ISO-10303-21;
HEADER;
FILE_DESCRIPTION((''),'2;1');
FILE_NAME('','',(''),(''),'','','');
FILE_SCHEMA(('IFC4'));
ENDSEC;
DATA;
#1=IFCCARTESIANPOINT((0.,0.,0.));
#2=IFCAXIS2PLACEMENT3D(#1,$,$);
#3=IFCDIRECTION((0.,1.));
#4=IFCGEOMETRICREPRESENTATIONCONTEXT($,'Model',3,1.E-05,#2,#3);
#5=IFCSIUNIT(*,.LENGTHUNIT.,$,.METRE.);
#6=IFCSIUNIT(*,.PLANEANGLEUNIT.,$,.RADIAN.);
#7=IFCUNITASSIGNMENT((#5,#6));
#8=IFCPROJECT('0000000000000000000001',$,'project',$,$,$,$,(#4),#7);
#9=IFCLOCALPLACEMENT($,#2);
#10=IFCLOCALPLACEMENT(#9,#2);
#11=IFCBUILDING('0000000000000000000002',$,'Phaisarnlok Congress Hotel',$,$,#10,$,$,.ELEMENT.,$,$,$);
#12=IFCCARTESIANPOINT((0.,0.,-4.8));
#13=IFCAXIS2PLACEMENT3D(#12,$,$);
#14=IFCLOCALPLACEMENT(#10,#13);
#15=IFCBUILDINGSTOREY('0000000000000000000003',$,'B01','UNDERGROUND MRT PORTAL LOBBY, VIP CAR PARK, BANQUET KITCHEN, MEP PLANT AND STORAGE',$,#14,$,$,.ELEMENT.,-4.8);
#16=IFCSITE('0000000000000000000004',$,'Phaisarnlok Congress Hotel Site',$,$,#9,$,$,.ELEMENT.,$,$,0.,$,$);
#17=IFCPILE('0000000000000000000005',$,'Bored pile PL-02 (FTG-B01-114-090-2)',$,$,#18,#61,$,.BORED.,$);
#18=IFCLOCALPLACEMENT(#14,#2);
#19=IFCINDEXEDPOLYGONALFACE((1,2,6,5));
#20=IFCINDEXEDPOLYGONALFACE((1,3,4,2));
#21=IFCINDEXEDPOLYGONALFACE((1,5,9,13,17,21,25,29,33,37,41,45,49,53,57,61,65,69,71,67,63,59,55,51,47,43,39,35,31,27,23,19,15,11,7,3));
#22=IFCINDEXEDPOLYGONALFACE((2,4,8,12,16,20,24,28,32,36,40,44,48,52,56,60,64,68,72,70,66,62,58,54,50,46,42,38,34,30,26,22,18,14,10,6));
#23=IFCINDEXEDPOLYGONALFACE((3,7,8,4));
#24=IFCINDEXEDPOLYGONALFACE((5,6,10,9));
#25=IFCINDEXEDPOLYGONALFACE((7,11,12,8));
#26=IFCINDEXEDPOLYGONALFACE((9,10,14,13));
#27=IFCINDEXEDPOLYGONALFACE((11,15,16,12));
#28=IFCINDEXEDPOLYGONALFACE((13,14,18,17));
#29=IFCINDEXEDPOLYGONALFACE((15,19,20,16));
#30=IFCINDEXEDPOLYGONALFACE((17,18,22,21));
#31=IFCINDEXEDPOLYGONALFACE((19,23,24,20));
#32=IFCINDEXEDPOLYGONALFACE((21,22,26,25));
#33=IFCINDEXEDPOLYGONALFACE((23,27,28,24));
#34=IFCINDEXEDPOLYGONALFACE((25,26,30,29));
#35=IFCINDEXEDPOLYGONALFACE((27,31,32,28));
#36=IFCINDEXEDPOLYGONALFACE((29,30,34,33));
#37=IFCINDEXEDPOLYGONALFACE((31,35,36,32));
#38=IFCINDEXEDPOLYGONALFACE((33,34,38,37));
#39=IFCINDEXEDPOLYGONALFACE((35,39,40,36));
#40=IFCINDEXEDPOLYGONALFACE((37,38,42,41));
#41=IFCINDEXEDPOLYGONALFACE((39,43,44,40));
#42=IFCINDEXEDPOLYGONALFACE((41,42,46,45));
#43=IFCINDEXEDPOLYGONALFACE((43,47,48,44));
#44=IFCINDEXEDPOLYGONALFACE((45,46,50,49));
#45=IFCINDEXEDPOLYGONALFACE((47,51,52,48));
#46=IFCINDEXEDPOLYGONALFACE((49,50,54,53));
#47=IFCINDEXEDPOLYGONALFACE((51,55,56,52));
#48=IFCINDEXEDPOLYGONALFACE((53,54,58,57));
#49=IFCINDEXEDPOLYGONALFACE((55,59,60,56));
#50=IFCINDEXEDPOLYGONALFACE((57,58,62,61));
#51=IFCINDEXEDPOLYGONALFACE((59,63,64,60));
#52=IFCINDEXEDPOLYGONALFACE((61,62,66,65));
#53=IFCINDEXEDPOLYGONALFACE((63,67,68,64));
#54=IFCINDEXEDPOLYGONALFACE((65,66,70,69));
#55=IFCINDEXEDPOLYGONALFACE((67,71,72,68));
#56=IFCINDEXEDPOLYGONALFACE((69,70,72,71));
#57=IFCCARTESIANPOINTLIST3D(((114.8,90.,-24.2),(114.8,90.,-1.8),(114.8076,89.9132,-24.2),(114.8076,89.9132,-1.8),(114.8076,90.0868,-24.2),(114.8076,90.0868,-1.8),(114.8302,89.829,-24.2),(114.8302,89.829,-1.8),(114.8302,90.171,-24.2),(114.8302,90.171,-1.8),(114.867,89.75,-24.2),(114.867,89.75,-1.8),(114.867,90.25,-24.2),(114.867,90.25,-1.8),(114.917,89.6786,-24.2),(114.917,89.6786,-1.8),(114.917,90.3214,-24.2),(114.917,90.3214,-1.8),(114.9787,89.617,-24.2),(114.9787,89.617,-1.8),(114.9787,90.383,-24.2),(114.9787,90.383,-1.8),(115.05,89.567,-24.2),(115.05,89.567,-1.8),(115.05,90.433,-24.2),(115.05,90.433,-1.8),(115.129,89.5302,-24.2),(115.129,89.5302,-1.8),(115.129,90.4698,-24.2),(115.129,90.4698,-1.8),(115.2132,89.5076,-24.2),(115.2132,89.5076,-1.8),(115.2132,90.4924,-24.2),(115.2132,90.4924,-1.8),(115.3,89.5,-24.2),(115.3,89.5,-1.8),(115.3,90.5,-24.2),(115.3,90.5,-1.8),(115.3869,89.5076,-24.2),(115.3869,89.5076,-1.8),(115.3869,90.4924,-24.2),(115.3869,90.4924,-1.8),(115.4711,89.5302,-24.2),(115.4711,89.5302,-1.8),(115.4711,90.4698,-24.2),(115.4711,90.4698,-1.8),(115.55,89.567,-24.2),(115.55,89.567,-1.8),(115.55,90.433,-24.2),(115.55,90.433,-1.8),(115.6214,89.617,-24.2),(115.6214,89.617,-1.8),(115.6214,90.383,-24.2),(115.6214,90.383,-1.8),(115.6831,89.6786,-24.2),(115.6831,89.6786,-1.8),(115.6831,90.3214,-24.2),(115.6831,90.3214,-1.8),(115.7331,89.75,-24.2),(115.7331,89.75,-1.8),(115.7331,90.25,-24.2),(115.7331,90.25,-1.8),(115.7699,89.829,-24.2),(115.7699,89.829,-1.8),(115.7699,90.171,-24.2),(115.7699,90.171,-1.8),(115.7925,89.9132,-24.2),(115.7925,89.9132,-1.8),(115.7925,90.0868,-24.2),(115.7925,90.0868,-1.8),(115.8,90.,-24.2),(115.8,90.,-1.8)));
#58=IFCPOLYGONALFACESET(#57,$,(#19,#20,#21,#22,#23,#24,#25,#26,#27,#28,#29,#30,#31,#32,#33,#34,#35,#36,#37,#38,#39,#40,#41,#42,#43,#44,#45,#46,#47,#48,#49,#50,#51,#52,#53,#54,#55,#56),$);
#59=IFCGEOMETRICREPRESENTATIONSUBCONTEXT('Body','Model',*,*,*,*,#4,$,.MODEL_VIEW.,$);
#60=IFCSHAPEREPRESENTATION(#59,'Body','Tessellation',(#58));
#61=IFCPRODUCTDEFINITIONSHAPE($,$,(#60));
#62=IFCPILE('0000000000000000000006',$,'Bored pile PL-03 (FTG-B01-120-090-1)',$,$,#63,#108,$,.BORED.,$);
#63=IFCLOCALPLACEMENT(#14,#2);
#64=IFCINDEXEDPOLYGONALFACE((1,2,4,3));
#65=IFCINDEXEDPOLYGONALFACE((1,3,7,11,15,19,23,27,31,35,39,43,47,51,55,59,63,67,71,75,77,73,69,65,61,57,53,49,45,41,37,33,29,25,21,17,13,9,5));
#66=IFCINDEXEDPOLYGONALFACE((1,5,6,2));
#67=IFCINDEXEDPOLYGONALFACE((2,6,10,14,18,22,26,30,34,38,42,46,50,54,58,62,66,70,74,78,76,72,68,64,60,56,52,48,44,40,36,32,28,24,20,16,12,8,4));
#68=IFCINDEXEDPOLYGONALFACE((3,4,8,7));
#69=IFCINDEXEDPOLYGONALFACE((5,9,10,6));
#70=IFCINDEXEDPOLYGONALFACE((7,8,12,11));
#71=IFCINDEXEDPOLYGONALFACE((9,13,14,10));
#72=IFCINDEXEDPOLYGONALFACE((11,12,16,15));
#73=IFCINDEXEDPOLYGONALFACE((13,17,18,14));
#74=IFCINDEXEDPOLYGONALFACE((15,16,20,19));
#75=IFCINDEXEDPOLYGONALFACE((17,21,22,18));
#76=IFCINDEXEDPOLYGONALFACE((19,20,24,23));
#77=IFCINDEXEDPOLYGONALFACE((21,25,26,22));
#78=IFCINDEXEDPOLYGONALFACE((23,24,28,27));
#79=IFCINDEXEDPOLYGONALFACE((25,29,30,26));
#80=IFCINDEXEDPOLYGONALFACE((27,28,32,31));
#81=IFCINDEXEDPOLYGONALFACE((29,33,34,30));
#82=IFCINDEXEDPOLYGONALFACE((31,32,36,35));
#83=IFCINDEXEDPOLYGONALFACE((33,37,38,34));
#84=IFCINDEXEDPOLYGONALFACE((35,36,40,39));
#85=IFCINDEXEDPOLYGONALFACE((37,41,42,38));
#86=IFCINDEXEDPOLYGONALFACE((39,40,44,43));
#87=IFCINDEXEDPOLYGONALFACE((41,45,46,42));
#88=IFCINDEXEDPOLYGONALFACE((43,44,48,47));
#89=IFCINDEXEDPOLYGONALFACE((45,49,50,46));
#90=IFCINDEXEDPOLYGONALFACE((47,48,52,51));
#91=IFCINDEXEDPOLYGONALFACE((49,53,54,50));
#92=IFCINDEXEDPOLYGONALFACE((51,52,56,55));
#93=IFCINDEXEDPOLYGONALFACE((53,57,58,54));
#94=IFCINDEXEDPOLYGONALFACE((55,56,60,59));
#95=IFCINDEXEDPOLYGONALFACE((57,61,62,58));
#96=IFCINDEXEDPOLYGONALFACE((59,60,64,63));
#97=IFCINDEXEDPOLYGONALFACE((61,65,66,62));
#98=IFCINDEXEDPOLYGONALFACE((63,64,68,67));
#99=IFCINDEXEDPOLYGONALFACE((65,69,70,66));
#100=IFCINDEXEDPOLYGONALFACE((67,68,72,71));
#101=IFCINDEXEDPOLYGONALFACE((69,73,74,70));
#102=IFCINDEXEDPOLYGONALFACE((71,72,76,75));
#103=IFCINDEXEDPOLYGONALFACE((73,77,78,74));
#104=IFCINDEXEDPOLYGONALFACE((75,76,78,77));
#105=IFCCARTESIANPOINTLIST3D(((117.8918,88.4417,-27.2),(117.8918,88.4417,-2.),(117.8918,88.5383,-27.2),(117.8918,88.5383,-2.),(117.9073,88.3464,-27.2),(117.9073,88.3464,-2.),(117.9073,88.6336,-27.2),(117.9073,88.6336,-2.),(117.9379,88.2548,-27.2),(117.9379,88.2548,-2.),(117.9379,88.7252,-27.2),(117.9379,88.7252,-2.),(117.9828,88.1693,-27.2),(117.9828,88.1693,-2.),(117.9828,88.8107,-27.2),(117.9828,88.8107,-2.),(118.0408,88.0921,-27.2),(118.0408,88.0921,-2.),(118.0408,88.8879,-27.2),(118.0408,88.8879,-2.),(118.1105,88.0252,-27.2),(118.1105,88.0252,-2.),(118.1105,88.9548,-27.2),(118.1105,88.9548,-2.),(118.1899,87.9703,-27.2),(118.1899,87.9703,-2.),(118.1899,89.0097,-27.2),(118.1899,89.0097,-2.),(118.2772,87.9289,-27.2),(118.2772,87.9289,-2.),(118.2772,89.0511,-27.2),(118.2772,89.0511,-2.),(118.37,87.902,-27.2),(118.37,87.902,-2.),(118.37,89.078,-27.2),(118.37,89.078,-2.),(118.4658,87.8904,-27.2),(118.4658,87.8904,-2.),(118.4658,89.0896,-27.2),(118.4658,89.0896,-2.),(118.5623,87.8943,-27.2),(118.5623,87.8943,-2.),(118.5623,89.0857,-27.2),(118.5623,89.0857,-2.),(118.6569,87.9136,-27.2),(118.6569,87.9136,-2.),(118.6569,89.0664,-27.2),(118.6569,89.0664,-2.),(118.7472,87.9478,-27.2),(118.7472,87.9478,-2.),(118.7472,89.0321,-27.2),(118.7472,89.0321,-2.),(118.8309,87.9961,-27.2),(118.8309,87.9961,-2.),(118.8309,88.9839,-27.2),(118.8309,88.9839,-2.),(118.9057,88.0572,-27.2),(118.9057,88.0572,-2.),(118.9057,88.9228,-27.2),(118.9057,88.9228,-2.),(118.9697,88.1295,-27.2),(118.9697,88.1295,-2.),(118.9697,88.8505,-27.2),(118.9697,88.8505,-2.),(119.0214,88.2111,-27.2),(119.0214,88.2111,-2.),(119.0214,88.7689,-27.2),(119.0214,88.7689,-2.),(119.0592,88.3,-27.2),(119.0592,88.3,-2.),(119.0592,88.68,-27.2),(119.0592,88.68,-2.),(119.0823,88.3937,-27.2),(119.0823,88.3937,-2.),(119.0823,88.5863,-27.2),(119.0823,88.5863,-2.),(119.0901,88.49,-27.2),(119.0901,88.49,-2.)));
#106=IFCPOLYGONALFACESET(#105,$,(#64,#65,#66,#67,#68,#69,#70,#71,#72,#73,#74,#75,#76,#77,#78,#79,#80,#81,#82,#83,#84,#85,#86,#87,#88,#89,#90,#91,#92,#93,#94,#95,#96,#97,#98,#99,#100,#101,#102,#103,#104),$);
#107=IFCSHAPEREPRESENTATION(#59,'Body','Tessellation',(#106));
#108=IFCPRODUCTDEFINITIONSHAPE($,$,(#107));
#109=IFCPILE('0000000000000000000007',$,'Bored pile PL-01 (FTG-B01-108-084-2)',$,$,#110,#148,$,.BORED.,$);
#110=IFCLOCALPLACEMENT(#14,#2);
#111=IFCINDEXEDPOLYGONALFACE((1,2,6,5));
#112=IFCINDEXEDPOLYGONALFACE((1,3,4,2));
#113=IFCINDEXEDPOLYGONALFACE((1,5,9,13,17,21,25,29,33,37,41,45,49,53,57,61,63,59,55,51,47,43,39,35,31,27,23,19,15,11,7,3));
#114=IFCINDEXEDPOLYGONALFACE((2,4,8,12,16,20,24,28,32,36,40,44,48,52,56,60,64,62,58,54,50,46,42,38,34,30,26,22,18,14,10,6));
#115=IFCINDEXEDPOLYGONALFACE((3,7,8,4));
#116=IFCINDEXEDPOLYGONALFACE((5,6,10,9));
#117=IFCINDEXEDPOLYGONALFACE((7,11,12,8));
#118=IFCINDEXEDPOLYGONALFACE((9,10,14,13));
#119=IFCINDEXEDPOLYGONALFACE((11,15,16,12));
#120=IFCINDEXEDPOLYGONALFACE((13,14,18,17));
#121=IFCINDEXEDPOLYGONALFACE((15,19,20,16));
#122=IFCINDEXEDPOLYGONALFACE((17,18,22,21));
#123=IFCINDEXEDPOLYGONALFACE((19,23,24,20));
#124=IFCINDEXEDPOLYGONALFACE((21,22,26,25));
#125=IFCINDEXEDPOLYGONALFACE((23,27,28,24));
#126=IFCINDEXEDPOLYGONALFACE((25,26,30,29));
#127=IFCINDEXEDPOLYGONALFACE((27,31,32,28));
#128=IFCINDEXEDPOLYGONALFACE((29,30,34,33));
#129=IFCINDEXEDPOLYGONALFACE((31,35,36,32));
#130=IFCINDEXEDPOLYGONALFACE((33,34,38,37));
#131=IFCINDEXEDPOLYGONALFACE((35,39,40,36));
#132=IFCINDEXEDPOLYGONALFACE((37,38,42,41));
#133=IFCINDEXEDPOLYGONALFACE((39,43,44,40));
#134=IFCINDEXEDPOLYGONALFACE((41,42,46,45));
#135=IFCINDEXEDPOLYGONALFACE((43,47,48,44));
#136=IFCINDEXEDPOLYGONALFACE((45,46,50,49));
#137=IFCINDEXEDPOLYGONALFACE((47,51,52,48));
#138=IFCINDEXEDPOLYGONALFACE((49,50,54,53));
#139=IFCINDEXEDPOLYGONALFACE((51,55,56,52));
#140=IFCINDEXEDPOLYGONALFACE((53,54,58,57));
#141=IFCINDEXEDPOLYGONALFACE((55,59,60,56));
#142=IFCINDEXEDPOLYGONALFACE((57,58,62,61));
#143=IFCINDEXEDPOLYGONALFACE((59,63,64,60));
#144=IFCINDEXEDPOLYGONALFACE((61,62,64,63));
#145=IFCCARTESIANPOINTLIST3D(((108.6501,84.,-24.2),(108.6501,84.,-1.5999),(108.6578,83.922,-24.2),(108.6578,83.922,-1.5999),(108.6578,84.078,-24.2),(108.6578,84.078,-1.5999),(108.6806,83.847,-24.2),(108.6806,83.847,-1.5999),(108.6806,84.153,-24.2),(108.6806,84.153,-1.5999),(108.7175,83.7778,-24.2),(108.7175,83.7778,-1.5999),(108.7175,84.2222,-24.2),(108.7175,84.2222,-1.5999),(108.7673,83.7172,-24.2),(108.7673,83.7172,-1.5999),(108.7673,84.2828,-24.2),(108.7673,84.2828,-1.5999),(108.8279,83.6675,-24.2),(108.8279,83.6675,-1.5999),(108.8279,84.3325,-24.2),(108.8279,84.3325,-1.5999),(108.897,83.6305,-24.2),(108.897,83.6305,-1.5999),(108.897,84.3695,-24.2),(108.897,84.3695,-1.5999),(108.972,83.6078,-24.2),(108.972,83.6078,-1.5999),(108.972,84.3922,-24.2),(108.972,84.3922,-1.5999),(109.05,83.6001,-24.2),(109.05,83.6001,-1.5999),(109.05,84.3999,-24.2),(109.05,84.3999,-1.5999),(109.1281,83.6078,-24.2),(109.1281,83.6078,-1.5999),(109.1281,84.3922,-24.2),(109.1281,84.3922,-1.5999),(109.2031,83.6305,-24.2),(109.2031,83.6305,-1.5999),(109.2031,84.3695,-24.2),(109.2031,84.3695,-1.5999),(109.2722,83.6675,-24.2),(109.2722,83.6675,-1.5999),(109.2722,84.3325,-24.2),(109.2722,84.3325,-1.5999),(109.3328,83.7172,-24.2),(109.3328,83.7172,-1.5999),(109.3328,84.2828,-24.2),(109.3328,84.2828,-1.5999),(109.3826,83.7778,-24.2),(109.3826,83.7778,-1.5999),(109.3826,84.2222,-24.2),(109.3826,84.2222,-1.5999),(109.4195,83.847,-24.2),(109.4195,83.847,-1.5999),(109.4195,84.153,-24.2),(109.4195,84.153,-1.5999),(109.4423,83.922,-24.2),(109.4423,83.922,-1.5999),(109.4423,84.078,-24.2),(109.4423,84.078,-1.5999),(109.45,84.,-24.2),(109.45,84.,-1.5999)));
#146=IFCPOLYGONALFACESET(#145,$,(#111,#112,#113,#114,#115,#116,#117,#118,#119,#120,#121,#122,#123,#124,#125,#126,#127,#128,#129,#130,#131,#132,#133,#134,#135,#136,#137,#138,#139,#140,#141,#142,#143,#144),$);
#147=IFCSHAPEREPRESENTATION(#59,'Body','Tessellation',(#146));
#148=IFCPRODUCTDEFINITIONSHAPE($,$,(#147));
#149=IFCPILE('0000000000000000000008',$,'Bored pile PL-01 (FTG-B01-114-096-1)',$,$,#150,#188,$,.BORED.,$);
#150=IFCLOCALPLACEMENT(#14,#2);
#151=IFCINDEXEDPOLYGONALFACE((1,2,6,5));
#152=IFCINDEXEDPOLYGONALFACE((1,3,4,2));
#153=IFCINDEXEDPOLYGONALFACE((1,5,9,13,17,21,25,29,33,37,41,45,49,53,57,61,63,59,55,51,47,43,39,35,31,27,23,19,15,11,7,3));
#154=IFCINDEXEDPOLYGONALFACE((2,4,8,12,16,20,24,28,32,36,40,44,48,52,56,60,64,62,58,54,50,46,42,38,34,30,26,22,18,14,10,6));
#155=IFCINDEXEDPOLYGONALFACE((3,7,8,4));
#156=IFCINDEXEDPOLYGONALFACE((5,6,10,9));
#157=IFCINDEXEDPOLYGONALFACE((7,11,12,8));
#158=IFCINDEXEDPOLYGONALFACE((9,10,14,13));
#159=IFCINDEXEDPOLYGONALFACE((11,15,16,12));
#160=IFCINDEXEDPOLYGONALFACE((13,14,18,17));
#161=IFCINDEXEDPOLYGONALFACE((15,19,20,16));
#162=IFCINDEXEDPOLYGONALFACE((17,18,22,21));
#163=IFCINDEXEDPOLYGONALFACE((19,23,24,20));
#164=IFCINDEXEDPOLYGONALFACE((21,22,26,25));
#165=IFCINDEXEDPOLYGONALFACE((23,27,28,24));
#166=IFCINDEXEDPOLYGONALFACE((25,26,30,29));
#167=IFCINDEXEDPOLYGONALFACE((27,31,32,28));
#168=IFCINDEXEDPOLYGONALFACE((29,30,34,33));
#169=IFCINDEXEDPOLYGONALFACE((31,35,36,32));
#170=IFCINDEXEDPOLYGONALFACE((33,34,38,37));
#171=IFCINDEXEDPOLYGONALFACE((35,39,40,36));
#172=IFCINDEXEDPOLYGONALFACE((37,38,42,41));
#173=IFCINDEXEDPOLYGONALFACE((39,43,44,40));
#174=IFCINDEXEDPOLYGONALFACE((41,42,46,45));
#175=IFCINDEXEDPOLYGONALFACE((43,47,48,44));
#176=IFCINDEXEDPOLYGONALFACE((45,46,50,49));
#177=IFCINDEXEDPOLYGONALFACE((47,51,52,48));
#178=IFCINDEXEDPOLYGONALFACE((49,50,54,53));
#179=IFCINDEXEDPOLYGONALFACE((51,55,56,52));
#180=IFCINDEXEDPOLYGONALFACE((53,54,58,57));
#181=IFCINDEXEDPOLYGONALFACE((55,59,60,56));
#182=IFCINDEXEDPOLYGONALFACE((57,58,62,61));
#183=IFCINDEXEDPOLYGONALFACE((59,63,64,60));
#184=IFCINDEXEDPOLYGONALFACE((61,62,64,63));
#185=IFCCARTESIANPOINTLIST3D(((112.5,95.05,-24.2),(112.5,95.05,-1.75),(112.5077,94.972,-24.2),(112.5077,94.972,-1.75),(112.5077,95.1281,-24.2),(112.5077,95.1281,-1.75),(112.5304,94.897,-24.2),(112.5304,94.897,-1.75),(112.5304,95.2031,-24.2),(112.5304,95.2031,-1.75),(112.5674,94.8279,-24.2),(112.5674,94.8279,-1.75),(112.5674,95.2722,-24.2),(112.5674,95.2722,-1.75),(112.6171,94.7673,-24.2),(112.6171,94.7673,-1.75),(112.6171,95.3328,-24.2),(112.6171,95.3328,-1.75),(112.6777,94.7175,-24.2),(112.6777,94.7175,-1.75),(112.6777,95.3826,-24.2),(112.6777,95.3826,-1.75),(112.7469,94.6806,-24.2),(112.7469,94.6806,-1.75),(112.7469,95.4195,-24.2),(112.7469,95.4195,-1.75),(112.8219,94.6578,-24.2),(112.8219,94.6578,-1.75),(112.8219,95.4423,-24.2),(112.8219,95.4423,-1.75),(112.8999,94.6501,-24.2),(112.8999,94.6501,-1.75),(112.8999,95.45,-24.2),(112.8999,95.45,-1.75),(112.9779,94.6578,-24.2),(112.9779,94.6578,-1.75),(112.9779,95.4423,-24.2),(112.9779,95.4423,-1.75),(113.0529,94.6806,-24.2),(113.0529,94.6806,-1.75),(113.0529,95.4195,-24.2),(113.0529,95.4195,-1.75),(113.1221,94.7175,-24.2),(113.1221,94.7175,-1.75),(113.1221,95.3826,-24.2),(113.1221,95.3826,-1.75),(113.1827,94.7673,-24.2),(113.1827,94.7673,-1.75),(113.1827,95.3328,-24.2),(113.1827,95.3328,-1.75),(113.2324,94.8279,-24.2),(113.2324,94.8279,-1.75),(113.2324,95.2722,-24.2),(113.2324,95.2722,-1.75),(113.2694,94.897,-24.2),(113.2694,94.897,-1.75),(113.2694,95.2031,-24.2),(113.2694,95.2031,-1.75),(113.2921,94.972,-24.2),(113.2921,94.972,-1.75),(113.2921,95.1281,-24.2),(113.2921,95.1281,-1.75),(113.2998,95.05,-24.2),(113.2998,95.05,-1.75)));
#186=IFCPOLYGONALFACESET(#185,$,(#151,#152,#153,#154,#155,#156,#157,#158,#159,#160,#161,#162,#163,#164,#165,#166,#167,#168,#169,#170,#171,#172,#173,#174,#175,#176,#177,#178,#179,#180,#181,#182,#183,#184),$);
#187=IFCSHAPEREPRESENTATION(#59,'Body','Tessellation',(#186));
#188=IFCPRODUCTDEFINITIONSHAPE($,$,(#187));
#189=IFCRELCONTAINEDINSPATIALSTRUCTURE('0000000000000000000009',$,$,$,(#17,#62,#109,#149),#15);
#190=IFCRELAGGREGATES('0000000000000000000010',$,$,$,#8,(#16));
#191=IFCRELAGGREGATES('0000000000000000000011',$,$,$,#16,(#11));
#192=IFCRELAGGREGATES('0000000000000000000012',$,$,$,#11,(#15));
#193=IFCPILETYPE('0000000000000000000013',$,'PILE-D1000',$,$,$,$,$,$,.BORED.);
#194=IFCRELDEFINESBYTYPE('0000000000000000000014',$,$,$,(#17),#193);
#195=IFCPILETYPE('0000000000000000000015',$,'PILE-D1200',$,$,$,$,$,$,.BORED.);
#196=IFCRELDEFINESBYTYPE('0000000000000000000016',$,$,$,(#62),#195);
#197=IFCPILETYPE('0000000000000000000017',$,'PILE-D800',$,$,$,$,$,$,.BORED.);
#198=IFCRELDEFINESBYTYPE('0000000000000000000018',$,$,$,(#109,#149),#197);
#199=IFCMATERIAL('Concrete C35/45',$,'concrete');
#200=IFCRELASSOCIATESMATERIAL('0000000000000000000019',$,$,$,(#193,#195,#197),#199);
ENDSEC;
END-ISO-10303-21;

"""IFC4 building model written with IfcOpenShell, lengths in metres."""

from ifc_helpers import new_model, si_unit, direction, frame, origin, origin_2d, place, context, subcontext, project, spatial, circle, extrude, material, material_profile, profile_set, type_object, element, save


model = new_model("IFC4")

# Units and contexts
model_context = context("Model", 3, precision=1e-05, world=origin(), true_north=direction((0.0, 1.0)))
body_context = subcontext(model_context, "Body", "Model", "MODEL_VIEW")
ifc_project = project(units=[si_unit("LENGTHUNIT", "METRE"), si_unit("PLANEANGLEUNIT", "RADIAN")], contexts=[model_context])

# Site, building, storey
site_placement = place(None, origin())
site = spatial("IfcSite", under=ifc_project, at=site_placement, Name="Phaisarnlok Congress Hotel Site", CompositionType="ELEMENT", RefElevation=0.0)
building_placement = place(site_placement, origin())
building = spatial("IfcBuilding", under=site, at=building_placement, Name="Phaisarnlok Congress Hotel", CompositionType="ELEMENT")
storey_placement = place(building_placement, frame((0.0, 0.0, -4.8)))
storey = spatial("IfcBuildingStorey", under=building, at=storey_placement, Name="B01", Description="UNDERGROUND MRT PORTAL LOBBY, VIP CAR PARK, BANQUET KITCHEN, MEP PLANT AND STORAGE", CompositionType="ELEMENT", Elevation=-4.8)

# Piles
ifc_material_1 = material(Name="Concrete C35/45", Category="concrete")
ifc_material_profile_1 = material_profile(ifc_material_1, circle(Radius=0.5, at=origin_2d()), Name="BORED PILE D1000")
ifc_profile_set_1 = profile_set([ifc_material_profile_1], Name="Concrete C35/45")
pile_type_1 = type_object("IfcPileType", Name="PILE-D1000", PredefinedType="BORED", material=ifc_profile_set_1)
for number, where, z_axis, x_axis, name in (
    (1, (115.3, 90.0, -1.8), (0.0, 0.0, -1.0), (1.0, 0.0, 0.0), "Bored pile PL-02 (FTG-B01-114-090-2)"),
):
    element("IfcPile", number, at=place(storey_placement, frame(where, z_axis=z_axis, x_axis=x_axis)), inside=storey, type_object=pile_type_1, Name=name, PredefinedType="BORED", context=body_context, shape_type="SweptSolid", body=[
        extrude(circle(Radius=0.5, at=origin_2d()), origin(), (0.0, 0.0, 1.0), 22.3999),
    ])
ifc_material_profile_2 = material_profile(ifc_material_1, circle(Radius=0.6001, at=origin_2d()), Name="BORED PILE D1200")
ifc_profile_set_2 = profile_set([ifc_material_profile_2], Name="Concrete C35/45")
pile_type_2 = type_object("IfcPileType", Name="PILE-D1200", PredefinedType="BORED", material=ifc_profile_set_2)
pile_1_placement = place(storey_placement, frame((118.49, 88.49, -2.0), z_axis=(0.0, 0.0, -1.0), x_axis=(1.0, 0.0, 0.0)))
element("IfcPile", 2, at=pile_1_placement, inside=storey, type_object=pile_type_2, Name="Bored pile PL-03 (FTG-B01-120-090-1)", PredefinedType="BORED", context=body_context, shape_type="SweptSolid", body=[
    extrude(circle(Radius=0.6001, at=origin_2d()), origin(), (0.0, 0.0, 1.0), 25.2),
])
ifc_material_profile_3 = material_profile(ifc_material_1, circle(Radius=0.3999, at=origin_2d()), Name="BORED PILE D800")
ifc_profile_set_3 = profile_set([ifc_material_profile_3], Name="Concrete C35/45")
pile_type_3 = type_object("IfcPileType", Name="PILE-D800", PredefinedType="BORED", material=ifc_profile_set_3)
pile_2_placement = place(storey_placement, frame((109.05, 84.0, -1.5999), z_axis=(0.0, 0.0, -1.0), x_axis=(1.0, 0.0, 0.0)))
element("IfcPile", 3, at=pile_2_placement, inside=storey, type_object=pile_type_3, Name="Bored pile PL-01 (FTG-B01-108-084-2)", PredefinedType="BORED", context=body_context, shape_type="SweptSolid", body=[
    extrude(circle(Radius=0.3999, at=origin_2d()), origin(), (0.0, 0.0, 1.0), 22.6001),
])
for number, where, z_axis, x_axis, name in (
    (4, (112.8999, 95.05, -1.75), (0.0, 0.0, -1.0), (1.0, 0.0, 0.0), "Bored pile PL-01 (FTG-B01-114-096-1)"),
):
    element("IfcPile", number, at=place(storey_placement, frame(where, z_axis=z_axis, x_axis=x_axis)), inside=storey, type_object=pile_type_3, Name=name, PredefinedType="BORED", context=body_context, shape_type="SweptSolid", body=[
        extrude(circle(Radius=0.3999, at=origin_2d()), origin(), (0.0, 0.0, 1.0), 22.45),
    ])

save(model, "model.ifc")
